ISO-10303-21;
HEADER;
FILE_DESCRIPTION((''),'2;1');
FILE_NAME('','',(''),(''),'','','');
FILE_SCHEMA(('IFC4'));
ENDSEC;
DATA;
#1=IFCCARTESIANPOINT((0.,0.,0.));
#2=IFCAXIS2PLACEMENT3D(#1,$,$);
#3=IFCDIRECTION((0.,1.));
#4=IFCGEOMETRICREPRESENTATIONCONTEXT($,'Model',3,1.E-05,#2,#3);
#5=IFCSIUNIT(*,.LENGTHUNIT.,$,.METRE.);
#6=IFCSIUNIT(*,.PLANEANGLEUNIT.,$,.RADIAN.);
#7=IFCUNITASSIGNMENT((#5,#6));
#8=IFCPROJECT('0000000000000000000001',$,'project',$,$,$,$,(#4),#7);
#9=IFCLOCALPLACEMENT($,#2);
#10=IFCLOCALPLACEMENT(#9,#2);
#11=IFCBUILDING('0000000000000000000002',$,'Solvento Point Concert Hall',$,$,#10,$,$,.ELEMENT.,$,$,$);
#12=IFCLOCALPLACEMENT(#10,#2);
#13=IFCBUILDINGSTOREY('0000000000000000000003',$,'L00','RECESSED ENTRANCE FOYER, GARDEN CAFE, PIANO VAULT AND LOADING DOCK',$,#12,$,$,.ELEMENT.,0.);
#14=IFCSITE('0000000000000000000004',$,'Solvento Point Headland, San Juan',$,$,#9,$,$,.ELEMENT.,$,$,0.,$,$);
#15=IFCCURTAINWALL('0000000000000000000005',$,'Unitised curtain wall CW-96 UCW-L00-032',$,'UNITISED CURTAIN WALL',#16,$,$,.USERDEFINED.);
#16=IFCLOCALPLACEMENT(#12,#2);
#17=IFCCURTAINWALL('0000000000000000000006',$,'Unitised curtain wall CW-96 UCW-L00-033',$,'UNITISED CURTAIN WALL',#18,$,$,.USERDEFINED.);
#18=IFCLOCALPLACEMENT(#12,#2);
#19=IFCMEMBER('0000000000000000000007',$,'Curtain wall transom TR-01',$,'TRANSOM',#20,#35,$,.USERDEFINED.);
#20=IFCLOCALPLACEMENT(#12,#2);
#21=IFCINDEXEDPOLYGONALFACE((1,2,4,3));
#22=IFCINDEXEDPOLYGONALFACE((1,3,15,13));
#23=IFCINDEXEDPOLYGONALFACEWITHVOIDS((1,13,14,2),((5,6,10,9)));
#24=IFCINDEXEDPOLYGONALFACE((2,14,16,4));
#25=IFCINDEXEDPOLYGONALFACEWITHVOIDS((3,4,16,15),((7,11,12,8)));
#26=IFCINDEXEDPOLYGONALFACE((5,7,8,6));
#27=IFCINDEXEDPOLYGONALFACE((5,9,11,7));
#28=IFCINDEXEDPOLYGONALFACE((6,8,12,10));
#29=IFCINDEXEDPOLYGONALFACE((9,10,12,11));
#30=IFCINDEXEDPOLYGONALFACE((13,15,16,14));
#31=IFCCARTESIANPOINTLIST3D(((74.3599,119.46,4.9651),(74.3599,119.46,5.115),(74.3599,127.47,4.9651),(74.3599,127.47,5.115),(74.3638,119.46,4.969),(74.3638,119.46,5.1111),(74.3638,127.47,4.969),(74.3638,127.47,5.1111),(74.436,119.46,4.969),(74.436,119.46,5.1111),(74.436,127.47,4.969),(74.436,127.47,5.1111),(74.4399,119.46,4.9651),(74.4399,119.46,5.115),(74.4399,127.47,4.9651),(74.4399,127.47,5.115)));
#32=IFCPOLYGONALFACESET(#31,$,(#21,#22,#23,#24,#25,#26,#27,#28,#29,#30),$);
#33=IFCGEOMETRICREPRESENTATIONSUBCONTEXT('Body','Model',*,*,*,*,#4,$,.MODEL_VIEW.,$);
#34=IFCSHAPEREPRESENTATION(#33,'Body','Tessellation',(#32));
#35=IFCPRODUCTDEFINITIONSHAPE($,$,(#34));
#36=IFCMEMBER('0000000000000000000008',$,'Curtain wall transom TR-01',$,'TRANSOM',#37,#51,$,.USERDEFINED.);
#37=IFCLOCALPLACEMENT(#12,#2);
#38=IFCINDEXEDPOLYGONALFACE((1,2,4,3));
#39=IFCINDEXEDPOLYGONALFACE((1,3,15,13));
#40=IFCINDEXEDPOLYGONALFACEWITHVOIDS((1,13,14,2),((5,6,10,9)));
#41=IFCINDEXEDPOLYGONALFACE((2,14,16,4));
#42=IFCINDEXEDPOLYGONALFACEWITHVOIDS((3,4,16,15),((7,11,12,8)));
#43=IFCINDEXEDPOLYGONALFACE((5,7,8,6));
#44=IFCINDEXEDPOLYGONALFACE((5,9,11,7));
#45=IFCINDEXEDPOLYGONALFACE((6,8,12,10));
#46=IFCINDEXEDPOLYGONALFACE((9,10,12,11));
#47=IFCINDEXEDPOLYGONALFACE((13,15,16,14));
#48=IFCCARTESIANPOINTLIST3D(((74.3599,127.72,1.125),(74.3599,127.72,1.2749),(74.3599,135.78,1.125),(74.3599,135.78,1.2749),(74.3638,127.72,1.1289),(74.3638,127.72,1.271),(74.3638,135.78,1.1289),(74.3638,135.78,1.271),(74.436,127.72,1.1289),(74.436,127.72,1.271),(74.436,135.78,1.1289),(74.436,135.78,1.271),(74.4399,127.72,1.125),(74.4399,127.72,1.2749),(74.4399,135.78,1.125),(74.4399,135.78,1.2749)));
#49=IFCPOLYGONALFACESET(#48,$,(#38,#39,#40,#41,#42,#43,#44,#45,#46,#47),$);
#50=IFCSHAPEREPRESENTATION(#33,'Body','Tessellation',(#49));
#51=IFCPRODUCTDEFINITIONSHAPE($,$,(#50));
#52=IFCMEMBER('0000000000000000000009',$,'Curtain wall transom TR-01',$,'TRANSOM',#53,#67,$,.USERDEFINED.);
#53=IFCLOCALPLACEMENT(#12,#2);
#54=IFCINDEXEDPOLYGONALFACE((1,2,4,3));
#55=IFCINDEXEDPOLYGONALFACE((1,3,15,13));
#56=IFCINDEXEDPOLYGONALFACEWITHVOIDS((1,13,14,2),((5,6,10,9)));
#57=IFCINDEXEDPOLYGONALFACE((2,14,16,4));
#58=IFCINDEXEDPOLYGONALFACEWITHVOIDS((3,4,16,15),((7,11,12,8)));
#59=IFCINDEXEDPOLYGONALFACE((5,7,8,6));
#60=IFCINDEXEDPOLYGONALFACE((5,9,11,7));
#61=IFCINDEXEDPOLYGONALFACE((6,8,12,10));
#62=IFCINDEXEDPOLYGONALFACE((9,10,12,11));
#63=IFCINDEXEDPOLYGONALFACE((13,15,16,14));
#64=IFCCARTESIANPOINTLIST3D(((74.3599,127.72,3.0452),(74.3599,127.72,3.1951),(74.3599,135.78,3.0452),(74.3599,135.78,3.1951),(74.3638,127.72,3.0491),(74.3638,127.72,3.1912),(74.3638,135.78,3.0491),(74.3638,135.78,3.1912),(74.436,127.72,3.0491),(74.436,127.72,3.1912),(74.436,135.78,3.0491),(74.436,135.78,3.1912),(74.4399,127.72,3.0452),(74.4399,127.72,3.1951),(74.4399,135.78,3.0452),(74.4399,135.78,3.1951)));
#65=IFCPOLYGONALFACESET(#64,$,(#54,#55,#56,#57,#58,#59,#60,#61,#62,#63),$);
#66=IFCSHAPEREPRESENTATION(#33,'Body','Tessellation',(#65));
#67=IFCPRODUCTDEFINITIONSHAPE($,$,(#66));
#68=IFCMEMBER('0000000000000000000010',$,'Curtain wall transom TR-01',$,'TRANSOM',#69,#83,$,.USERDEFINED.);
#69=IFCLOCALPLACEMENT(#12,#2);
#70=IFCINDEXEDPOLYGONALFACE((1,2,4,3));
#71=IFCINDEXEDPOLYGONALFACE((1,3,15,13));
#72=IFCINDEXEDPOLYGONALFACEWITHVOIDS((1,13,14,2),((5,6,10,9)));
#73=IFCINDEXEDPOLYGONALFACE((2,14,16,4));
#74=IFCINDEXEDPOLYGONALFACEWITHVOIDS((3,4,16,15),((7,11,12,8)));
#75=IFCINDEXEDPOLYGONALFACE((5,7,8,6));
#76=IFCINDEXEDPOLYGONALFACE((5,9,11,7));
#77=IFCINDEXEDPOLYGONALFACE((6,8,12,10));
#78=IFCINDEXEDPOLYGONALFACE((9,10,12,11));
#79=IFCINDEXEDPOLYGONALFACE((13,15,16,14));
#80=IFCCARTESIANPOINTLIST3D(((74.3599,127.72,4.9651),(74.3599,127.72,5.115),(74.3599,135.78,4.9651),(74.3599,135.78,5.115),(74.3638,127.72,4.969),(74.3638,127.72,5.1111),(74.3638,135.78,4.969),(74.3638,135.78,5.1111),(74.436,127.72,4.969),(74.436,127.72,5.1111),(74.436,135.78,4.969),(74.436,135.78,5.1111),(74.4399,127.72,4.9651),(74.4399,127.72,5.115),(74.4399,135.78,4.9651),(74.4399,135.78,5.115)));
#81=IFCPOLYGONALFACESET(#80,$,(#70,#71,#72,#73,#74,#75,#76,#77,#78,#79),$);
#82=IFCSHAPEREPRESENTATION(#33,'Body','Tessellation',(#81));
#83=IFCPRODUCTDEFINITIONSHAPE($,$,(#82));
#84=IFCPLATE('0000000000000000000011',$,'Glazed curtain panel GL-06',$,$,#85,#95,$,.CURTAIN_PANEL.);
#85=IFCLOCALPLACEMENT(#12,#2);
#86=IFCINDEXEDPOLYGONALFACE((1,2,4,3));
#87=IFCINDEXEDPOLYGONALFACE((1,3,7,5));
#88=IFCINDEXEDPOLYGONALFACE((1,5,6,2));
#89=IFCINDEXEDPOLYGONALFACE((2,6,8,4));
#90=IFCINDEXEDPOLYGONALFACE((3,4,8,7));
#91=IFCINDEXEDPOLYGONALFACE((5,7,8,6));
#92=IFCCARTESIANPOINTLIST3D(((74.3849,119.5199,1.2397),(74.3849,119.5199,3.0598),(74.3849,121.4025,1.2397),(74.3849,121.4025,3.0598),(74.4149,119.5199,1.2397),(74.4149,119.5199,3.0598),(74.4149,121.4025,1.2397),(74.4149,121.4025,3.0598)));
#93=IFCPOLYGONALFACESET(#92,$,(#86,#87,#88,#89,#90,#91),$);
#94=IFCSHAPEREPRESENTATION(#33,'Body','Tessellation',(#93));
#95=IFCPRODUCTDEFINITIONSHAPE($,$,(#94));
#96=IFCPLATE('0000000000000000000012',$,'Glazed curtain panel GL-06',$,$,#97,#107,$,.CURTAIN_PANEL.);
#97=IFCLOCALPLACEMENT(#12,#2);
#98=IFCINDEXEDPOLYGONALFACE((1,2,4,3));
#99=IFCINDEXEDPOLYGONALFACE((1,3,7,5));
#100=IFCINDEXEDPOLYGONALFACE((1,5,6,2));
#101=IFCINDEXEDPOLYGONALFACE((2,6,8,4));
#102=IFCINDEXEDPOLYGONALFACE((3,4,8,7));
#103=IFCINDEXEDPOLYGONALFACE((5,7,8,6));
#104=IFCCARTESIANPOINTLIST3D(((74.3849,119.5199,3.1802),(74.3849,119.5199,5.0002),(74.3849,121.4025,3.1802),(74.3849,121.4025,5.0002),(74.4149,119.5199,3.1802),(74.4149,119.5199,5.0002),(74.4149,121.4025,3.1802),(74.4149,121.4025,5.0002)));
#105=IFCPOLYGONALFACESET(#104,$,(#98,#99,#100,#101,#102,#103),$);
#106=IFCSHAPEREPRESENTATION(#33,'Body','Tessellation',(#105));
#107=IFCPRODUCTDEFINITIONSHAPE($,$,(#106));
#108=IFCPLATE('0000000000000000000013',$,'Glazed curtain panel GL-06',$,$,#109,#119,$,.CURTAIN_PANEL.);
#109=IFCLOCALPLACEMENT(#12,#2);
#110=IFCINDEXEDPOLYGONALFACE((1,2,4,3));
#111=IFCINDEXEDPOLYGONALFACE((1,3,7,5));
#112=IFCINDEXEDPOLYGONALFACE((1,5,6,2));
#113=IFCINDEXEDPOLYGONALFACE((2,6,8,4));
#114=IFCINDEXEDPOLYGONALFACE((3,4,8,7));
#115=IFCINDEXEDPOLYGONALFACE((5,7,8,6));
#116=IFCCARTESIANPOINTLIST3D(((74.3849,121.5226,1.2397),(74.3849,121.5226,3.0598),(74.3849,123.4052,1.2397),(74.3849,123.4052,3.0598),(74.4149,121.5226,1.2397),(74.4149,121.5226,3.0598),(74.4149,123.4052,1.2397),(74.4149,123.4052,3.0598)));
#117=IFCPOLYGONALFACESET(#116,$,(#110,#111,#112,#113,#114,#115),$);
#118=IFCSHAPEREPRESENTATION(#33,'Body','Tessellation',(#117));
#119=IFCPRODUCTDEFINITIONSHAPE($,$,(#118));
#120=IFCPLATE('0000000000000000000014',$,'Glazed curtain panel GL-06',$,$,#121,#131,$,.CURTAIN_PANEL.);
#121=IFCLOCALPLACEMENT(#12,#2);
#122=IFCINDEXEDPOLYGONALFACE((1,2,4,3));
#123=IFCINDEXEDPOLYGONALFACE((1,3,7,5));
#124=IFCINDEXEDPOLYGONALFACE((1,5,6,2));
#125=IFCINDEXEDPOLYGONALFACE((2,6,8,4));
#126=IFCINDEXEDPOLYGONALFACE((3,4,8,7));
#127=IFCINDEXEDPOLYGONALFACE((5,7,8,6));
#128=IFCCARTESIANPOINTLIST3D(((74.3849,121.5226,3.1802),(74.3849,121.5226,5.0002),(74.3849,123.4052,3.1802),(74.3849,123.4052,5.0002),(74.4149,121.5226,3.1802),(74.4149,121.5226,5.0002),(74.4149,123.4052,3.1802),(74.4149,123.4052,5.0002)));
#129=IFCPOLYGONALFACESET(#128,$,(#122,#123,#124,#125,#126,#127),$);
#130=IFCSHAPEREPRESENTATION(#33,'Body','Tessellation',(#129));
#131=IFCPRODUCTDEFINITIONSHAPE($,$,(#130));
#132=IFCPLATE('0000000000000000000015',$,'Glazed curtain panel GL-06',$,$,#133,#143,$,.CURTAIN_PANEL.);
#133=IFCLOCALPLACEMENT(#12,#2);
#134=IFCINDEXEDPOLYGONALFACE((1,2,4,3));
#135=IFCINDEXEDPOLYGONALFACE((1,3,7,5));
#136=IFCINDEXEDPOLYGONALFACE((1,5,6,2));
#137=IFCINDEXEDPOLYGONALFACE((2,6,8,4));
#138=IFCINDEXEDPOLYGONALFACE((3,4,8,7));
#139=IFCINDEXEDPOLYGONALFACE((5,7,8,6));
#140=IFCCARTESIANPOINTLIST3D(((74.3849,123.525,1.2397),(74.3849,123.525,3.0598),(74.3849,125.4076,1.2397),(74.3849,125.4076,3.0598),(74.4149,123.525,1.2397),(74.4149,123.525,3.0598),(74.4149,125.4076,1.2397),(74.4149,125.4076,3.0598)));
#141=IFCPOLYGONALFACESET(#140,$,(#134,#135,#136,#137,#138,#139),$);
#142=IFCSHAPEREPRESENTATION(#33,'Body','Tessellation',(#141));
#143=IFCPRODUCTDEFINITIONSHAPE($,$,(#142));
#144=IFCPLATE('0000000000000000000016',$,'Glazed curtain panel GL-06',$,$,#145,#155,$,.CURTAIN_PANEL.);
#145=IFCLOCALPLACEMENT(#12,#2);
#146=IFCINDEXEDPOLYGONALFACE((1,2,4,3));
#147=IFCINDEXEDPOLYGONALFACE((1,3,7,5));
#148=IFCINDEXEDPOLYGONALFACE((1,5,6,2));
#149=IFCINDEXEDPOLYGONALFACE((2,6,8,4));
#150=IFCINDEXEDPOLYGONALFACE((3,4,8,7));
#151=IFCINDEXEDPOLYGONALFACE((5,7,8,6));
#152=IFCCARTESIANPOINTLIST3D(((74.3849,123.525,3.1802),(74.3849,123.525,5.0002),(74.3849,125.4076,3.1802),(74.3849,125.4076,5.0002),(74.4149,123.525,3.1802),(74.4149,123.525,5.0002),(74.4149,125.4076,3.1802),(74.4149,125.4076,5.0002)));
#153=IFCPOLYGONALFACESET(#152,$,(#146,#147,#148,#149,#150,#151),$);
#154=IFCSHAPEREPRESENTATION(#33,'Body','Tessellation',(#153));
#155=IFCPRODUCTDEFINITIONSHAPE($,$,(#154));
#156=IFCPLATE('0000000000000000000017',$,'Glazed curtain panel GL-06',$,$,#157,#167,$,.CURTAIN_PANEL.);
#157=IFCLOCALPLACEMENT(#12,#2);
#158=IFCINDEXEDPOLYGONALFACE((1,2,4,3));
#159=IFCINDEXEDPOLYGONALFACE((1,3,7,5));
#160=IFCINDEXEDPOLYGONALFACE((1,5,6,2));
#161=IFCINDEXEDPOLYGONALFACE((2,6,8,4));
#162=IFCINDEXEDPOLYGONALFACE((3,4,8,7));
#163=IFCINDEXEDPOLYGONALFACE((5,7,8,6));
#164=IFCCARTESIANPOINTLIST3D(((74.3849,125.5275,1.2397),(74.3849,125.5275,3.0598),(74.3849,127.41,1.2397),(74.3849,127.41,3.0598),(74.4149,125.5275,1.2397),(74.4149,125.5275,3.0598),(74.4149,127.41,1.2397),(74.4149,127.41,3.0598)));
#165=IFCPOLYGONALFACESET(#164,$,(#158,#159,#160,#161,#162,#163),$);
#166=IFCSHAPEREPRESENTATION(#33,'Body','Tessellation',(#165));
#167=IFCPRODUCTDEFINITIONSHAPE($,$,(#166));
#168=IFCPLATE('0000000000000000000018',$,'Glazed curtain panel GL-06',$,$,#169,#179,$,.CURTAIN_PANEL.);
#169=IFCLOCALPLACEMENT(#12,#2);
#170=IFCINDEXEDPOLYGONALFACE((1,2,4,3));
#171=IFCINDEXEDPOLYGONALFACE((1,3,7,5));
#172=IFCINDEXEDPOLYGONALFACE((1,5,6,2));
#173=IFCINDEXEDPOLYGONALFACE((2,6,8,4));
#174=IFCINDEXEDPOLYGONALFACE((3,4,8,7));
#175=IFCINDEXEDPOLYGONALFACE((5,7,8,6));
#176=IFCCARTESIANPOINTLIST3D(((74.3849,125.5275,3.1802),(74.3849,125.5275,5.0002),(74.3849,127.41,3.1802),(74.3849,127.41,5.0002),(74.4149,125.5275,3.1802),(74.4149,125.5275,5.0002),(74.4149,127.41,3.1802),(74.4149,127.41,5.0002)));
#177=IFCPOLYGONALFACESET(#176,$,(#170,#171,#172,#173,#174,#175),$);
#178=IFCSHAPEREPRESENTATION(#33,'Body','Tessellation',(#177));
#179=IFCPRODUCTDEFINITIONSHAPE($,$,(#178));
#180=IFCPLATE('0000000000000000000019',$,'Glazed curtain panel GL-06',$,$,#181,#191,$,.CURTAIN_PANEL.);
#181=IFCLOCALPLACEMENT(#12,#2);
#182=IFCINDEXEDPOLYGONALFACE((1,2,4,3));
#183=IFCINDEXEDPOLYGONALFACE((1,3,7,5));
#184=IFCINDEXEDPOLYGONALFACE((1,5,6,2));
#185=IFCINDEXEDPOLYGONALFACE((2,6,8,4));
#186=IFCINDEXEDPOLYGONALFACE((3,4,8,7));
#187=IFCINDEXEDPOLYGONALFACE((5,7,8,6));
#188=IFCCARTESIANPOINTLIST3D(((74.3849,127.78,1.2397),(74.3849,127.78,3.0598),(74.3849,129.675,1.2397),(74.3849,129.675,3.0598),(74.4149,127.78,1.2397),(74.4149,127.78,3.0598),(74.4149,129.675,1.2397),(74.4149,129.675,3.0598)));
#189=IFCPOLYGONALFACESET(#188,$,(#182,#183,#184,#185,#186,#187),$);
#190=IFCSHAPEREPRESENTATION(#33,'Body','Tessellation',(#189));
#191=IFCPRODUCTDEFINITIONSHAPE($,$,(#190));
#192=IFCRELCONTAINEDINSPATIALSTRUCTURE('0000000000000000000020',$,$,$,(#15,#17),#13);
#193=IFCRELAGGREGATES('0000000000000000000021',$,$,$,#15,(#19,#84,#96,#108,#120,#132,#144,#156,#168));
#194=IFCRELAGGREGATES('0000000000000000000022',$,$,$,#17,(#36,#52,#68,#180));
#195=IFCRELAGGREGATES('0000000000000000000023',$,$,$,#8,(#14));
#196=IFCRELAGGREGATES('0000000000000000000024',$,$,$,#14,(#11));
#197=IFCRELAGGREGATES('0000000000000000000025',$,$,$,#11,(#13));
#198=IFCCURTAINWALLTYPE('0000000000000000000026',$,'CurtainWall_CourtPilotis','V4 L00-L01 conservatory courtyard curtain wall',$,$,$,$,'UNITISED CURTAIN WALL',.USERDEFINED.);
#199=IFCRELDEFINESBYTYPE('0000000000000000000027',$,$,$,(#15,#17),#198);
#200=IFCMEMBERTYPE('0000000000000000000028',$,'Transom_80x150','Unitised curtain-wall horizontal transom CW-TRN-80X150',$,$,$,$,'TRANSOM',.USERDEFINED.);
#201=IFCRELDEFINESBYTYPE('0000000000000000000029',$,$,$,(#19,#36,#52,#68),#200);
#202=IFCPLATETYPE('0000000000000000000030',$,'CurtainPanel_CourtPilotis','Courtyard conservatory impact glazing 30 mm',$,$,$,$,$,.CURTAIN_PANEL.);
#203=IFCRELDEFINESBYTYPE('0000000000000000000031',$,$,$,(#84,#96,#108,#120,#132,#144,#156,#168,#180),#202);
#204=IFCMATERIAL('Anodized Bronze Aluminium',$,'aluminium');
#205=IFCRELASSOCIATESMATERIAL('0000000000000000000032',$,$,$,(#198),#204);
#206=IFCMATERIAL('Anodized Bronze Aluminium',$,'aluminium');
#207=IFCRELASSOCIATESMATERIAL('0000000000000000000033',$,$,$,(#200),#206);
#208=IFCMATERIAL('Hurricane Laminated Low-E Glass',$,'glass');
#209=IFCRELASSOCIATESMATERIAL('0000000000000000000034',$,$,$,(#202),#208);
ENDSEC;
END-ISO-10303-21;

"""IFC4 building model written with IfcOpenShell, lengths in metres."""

from ifc_helpers import new_model, si_unit, direction, frame, origin, origin_2d, place, context, subcontext, project, spatial, rectangle, hollow_rectangle, extrude, material, material_profile, profile_set, type_object, element, aggregate, save


model = new_model("IFC4")

# Units and contexts
model_context = context("Model", 3, precision=1e-05, world=origin(), true_north=direction((0.0, 1.0)))
body_context = subcontext(model_context, "Body", "Model", "MODEL_VIEW")
ifc_project = project(units=[si_unit("LENGTHUNIT", "METRE"), si_unit("PLANEANGLEUNIT", "RADIAN")], contexts=[model_context])

# Site, building, storey
site_placement = place(None, origin())
site = spatial("IfcSite", under=ifc_project, at=site_placement, Name="Solvento Point Headland, San Juan", CompositionType="ELEMENT", RefElevation=0.0)
building_placement = place(site_placement, origin())
building = spatial("IfcBuilding", under=site, at=building_placement, Name="Solvento Point Concert Hall", CompositionType="ELEMENT")
storey_placement = place(building_placement, origin())
storey = spatial("IfcBuildingStorey", under=building, at=storey_placement, Name="L00", Description="RECESSED ENTRANCE FOYER, GARDEN CAFE, PIANO VAULT AND LOADING DOCK", CompositionType="ELEMENT", Elevation=0.0)

# Curtain walls
ifc_material_1 = material(Name="Anodized Bronze Aluminium", Category="aluminium")
curtain_wall_type = type_object("IfcCurtainWallType", Name="CurtainWall_CourtPilotis", Description="V4 L00-L01 conservatory courtyard curtain wall", ElementType="UNITISED CURTAIN WALL", PredefinedType="USERDEFINED", material=ifc_material_1)
curtain_wall_1_placement = place(storey_placement, origin())
curtain_wall_1 = element("IfcCurtainWall", 1, at=curtain_wall_1_placement, inside=storey, type_object=curtain_wall_type, Name="Unitised curtain wall CW-96 UCW-L00-032", ObjectType="UNITISED CURTAIN WALL", PredefinedType="USERDEFINED")
curtain_wall_2_placement = place(storey_placement, origin())
curtain_wall_2 = element("IfcCurtainWall", 2, at=curtain_wall_2_placement, inside=storey, type_object=curtain_wall_type, Name="Unitised curtain wall CW-96 UCW-L00-033", ObjectType="UNITISED CURTAIN WALL", PredefinedType="USERDEFINED")

# Members
ifc_material_2 = material(Name="Anodized Bronze Aluminium", Category="aluminium")
ifc_material_profile_1 = material_profile(ifc_material_2, hollow_rectangle(XDim=0.0801, YDim=0.1499, WallThickness=0.0039, at=origin_2d()), Name="CW-TRN-80X150")
ifc_profile_set_1 = profile_set([ifc_material_profile_1], Name="Anodized Bronze Aluminium")
member_type_1 = type_object("IfcMemberType", Name="Transom_80x150", Description="Unitised curtain-wall horizontal transom CW-TRN-80X150", ElementType="TRANSOM", PredefinedType="USERDEFINED", material=ifc_profile_set_1)
member_1_placement = place(storey_placement, frame((74.3999, 119.46, 5.04), z_axis=(0.0, 1.0, 0.0), x_axis=(-1.0, 0.0, 0.0)))
member_1 = element("IfcMember", 3, at=member_1_placement, type_object=member_type_1, Name="Curtain wall transom TR-01", ObjectType="TRANSOM", PredefinedType="USERDEFINED", context=body_context, shape_type="SweptSolid", body=[
    extrude(hollow_rectangle(XDim=0.0801, YDim=0.1499, WallThickness=0.0039, at=origin_2d()), origin(), (0.0, 0.0, 1.0), 8.01),
])
member_2_placement = place(storey_placement, frame((74.3999, 127.72, 1.2), z_axis=(0.0, 1.0, 0.0), x_axis=(-1.0, 0.0, 0.0)))
member_2 = element("IfcMember", 4, at=member_2_placement, type_object=member_type_1, Name="Curtain wall transom TR-01", ObjectType="TRANSOM", PredefinedType="USERDEFINED", context=body_context, shape_type="SweptSolid", body=[
    extrude(hollow_rectangle(XDim=0.0801, YDim=0.1499, WallThickness=0.0039, at=origin_2d()), origin(), (0.0, 0.0, 1.0), 8.0601),
])
member_3_placement = place(storey_placement, frame((74.3999, 127.72, 3.1201), z_axis=(0.0, 1.0, 0.0), x_axis=(-1.0, 0.0, 0.0)))
member_3 = element("IfcMember", 5, at=member_3_placement, type_object=member_type_1, Name="Curtain wall transom TR-01", ObjectType="TRANSOM", PredefinedType="USERDEFINED", context=body_context, shape_type="SweptSolid", body=[
    extrude(hollow_rectangle(XDim=0.0801, YDim=0.1499, WallThickness=0.0039, at=origin_2d()), origin(), (0.0, 0.0, 1.0), 8.0601),
])
member_4_placement = place(storey_placement, frame((74.3999, 127.72, 5.04), z_axis=(0.0, 1.0, 0.0), x_axis=(-1.0, 0.0, 0.0)))
member_4 = element("IfcMember", 6, at=member_4_placement, type_object=member_type_1, Name="Curtain wall transom TR-01", ObjectType="TRANSOM", PredefinedType="USERDEFINED", context=body_context, shape_type="SweptSolid", body=[
    extrude(hollow_rectangle(XDim=0.0801, YDim=0.1499, WallThickness=0.0039, at=origin_2d()), origin(), (0.0, 0.0, 1.0), 8.0601),
])

# Plates
ifc_material_3 = material(Name="Hurricane Laminated Low-E Glass", Category="glass")
plate_type = type_object("IfcPlateType", Name="CurtainPanel_CourtPilotis", Description="Courtyard conservatory impact glazing 30 mm", PredefinedType="CURTAIN_PANEL", material=ifc_material_3)
plate_1_placement = place(storey_placement, frame((74.3999, 120.4612, 1.2397), z_axis=(0.0, 0.0, 1.0), x_axis=(0.0, 1.0, 0.0)))
plate_1 = element("IfcPlate", 7, at=plate_1_placement, type_object=plate_type, Name="Glazed curtain panel GL-06", PredefinedType="CURTAIN_PANEL", context=body_context, shape_type="SweptSolid", body=[
    extrude(rectangle(XDim=1.8826, YDim=0.03, at=origin_2d()), origin(), (0.0, 0.0, 1.0), 1.8201),
])
plate_2_placement = place(storey_placement, frame((74.3999, 120.4612, 3.1802), z_axis=(0.0, 0.0, 1.0), x_axis=(0.0, 1.0, 0.0)))
plate_2 = element("IfcPlate", 8, at=plate_2_placement, type_object=plate_type, Name="Glazed curtain panel GL-06", PredefinedType="CURTAIN_PANEL", context=body_context, shape_type="SweptSolid", body=[
    extrude(rectangle(XDim=1.8826, YDim=0.03, at=origin_2d()), origin(), (0.0, 0.0, 1.0), 1.8201),
])
plate_3_placement = place(storey_placement, frame((74.3999, 122.4639, 1.2397), z_axis=(0.0, 0.0, 1.0), x_axis=(0.0, 1.0, 0.0)))
plate_3 = element("IfcPlate", 9, at=plate_3_placement, type_object=plate_type, Name="Glazed curtain panel GL-06", PredefinedType="CURTAIN_PANEL", context=body_context, shape_type="SweptSolid", body=[
    extrude(rectangle(XDim=1.8826, YDim=0.03, at=origin_2d()), origin(), (0.0, 0.0, 1.0), 1.8201),
])
plate_4_placement = place(storey_placement, frame((74.3999, 122.4639, 3.1802), z_axis=(0.0, 0.0, 1.0), x_axis=(0.0, 1.0, 0.0)))
plate_4 = element("IfcPlate", 10, at=plate_4_placement, type_object=plate_type, Name="Glazed curtain panel GL-06", PredefinedType="CURTAIN_PANEL", context=body_context, shape_type="SweptSolid", body=[
    extrude(rectangle(XDim=1.8826, YDim=0.03, at=origin_2d()), origin(), (0.0, 0.0, 1.0), 1.8201),
])
plate_5_placement = place(storey_placement, frame((74.3999, 124.4663, 1.2397), z_axis=(0.0, 0.0, 1.0), x_axis=(0.0, 1.0, 0.0)))
plate_5 = element("IfcPlate", 11, at=plate_5_placement, type_object=plate_type, Name="Glazed curtain panel GL-06", PredefinedType="CURTAIN_PANEL", context=body_context, shape_type="SweptSolid", body=[
    extrude(rectangle(XDim=1.8826, YDim=0.03, at=origin_2d()), origin(), (0.0, 0.0, 1.0), 1.8201),
])
plate_6_placement = place(storey_placement, frame((74.3999, 124.4663, 3.1802), z_axis=(0.0, 0.0, 1.0), x_axis=(0.0, 1.0, 0.0)))
plate_6 = element("IfcPlate", 12, at=plate_6_placement, type_object=plate_type, Name="Glazed curtain panel GL-06", PredefinedType="CURTAIN_PANEL", context=body_context, shape_type="SweptSolid", body=[
    extrude(rectangle(XDim=1.8826, YDim=0.03, at=origin_2d()), origin(), (0.0, 0.0, 1.0), 1.8201),
])
plate_7_placement = place(storey_placement, frame((74.3999, 126.4688, 1.2397), z_axis=(0.0, 0.0, 1.0), x_axis=(0.0, 1.0, 0.0)))
plate_7 = element("IfcPlate", 13, at=plate_7_placement, type_object=plate_type, Name="Glazed curtain panel GL-06", PredefinedType="CURTAIN_PANEL", context=body_context, shape_type="SweptSolid", body=[
    extrude(rectangle(XDim=1.8826, YDim=0.03, at=origin_2d()), origin(), (0.0, 0.0, 1.0), 1.8201),
])
plate_8_placement = place(storey_placement, frame((74.3999, 126.4688, 3.1802), z_axis=(0.0, 0.0, 1.0), x_axis=(0.0, 1.0, 0.0)))
plate_8 = element("IfcPlate", 14, at=plate_8_placement, type_object=plate_type, Name="Glazed curtain panel GL-06", PredefinedType="CURTAIN_PANEL", context=body_context, shape_type="SweptSolid", body=[
    extrude(rectangle(XDim=1.8826, YDim=0.03, at=origin_2d()), origin(), (0.0, 0.0, 1.0), 1.8201),
])
aggregate(curtain_wall_1, [member_1, plate_1, plate_2, plate_3, plate_4, plate_5, plate_6, plate_7, plate_8])
plate_9_placement = place(storey_placement, frame((74.3999, 128.7275, 1.2397), z_axis=(0.0, 0.0, 1.0), x_axis=(0.0, 1.0, 0.0)))
plate_9 = element("IfcPlate", 15, at=plate_9_placement, type_object=plate_type, Name="Glazed curtain panel GL-06", PredefinedType="CURTAIN_PANEL", context=body_context, shape_type="SweptSolid", body=[
    extrude(rectangle(XDim=1.895, YDim=0.03, at=origin_2d()), origin(), (0.0, 0.0, 1.0), 1.8201),
])
aggregate(curtain_wall_2, [member_2, member_3, member_4, plate_9])

save(model, "model.ifc")
